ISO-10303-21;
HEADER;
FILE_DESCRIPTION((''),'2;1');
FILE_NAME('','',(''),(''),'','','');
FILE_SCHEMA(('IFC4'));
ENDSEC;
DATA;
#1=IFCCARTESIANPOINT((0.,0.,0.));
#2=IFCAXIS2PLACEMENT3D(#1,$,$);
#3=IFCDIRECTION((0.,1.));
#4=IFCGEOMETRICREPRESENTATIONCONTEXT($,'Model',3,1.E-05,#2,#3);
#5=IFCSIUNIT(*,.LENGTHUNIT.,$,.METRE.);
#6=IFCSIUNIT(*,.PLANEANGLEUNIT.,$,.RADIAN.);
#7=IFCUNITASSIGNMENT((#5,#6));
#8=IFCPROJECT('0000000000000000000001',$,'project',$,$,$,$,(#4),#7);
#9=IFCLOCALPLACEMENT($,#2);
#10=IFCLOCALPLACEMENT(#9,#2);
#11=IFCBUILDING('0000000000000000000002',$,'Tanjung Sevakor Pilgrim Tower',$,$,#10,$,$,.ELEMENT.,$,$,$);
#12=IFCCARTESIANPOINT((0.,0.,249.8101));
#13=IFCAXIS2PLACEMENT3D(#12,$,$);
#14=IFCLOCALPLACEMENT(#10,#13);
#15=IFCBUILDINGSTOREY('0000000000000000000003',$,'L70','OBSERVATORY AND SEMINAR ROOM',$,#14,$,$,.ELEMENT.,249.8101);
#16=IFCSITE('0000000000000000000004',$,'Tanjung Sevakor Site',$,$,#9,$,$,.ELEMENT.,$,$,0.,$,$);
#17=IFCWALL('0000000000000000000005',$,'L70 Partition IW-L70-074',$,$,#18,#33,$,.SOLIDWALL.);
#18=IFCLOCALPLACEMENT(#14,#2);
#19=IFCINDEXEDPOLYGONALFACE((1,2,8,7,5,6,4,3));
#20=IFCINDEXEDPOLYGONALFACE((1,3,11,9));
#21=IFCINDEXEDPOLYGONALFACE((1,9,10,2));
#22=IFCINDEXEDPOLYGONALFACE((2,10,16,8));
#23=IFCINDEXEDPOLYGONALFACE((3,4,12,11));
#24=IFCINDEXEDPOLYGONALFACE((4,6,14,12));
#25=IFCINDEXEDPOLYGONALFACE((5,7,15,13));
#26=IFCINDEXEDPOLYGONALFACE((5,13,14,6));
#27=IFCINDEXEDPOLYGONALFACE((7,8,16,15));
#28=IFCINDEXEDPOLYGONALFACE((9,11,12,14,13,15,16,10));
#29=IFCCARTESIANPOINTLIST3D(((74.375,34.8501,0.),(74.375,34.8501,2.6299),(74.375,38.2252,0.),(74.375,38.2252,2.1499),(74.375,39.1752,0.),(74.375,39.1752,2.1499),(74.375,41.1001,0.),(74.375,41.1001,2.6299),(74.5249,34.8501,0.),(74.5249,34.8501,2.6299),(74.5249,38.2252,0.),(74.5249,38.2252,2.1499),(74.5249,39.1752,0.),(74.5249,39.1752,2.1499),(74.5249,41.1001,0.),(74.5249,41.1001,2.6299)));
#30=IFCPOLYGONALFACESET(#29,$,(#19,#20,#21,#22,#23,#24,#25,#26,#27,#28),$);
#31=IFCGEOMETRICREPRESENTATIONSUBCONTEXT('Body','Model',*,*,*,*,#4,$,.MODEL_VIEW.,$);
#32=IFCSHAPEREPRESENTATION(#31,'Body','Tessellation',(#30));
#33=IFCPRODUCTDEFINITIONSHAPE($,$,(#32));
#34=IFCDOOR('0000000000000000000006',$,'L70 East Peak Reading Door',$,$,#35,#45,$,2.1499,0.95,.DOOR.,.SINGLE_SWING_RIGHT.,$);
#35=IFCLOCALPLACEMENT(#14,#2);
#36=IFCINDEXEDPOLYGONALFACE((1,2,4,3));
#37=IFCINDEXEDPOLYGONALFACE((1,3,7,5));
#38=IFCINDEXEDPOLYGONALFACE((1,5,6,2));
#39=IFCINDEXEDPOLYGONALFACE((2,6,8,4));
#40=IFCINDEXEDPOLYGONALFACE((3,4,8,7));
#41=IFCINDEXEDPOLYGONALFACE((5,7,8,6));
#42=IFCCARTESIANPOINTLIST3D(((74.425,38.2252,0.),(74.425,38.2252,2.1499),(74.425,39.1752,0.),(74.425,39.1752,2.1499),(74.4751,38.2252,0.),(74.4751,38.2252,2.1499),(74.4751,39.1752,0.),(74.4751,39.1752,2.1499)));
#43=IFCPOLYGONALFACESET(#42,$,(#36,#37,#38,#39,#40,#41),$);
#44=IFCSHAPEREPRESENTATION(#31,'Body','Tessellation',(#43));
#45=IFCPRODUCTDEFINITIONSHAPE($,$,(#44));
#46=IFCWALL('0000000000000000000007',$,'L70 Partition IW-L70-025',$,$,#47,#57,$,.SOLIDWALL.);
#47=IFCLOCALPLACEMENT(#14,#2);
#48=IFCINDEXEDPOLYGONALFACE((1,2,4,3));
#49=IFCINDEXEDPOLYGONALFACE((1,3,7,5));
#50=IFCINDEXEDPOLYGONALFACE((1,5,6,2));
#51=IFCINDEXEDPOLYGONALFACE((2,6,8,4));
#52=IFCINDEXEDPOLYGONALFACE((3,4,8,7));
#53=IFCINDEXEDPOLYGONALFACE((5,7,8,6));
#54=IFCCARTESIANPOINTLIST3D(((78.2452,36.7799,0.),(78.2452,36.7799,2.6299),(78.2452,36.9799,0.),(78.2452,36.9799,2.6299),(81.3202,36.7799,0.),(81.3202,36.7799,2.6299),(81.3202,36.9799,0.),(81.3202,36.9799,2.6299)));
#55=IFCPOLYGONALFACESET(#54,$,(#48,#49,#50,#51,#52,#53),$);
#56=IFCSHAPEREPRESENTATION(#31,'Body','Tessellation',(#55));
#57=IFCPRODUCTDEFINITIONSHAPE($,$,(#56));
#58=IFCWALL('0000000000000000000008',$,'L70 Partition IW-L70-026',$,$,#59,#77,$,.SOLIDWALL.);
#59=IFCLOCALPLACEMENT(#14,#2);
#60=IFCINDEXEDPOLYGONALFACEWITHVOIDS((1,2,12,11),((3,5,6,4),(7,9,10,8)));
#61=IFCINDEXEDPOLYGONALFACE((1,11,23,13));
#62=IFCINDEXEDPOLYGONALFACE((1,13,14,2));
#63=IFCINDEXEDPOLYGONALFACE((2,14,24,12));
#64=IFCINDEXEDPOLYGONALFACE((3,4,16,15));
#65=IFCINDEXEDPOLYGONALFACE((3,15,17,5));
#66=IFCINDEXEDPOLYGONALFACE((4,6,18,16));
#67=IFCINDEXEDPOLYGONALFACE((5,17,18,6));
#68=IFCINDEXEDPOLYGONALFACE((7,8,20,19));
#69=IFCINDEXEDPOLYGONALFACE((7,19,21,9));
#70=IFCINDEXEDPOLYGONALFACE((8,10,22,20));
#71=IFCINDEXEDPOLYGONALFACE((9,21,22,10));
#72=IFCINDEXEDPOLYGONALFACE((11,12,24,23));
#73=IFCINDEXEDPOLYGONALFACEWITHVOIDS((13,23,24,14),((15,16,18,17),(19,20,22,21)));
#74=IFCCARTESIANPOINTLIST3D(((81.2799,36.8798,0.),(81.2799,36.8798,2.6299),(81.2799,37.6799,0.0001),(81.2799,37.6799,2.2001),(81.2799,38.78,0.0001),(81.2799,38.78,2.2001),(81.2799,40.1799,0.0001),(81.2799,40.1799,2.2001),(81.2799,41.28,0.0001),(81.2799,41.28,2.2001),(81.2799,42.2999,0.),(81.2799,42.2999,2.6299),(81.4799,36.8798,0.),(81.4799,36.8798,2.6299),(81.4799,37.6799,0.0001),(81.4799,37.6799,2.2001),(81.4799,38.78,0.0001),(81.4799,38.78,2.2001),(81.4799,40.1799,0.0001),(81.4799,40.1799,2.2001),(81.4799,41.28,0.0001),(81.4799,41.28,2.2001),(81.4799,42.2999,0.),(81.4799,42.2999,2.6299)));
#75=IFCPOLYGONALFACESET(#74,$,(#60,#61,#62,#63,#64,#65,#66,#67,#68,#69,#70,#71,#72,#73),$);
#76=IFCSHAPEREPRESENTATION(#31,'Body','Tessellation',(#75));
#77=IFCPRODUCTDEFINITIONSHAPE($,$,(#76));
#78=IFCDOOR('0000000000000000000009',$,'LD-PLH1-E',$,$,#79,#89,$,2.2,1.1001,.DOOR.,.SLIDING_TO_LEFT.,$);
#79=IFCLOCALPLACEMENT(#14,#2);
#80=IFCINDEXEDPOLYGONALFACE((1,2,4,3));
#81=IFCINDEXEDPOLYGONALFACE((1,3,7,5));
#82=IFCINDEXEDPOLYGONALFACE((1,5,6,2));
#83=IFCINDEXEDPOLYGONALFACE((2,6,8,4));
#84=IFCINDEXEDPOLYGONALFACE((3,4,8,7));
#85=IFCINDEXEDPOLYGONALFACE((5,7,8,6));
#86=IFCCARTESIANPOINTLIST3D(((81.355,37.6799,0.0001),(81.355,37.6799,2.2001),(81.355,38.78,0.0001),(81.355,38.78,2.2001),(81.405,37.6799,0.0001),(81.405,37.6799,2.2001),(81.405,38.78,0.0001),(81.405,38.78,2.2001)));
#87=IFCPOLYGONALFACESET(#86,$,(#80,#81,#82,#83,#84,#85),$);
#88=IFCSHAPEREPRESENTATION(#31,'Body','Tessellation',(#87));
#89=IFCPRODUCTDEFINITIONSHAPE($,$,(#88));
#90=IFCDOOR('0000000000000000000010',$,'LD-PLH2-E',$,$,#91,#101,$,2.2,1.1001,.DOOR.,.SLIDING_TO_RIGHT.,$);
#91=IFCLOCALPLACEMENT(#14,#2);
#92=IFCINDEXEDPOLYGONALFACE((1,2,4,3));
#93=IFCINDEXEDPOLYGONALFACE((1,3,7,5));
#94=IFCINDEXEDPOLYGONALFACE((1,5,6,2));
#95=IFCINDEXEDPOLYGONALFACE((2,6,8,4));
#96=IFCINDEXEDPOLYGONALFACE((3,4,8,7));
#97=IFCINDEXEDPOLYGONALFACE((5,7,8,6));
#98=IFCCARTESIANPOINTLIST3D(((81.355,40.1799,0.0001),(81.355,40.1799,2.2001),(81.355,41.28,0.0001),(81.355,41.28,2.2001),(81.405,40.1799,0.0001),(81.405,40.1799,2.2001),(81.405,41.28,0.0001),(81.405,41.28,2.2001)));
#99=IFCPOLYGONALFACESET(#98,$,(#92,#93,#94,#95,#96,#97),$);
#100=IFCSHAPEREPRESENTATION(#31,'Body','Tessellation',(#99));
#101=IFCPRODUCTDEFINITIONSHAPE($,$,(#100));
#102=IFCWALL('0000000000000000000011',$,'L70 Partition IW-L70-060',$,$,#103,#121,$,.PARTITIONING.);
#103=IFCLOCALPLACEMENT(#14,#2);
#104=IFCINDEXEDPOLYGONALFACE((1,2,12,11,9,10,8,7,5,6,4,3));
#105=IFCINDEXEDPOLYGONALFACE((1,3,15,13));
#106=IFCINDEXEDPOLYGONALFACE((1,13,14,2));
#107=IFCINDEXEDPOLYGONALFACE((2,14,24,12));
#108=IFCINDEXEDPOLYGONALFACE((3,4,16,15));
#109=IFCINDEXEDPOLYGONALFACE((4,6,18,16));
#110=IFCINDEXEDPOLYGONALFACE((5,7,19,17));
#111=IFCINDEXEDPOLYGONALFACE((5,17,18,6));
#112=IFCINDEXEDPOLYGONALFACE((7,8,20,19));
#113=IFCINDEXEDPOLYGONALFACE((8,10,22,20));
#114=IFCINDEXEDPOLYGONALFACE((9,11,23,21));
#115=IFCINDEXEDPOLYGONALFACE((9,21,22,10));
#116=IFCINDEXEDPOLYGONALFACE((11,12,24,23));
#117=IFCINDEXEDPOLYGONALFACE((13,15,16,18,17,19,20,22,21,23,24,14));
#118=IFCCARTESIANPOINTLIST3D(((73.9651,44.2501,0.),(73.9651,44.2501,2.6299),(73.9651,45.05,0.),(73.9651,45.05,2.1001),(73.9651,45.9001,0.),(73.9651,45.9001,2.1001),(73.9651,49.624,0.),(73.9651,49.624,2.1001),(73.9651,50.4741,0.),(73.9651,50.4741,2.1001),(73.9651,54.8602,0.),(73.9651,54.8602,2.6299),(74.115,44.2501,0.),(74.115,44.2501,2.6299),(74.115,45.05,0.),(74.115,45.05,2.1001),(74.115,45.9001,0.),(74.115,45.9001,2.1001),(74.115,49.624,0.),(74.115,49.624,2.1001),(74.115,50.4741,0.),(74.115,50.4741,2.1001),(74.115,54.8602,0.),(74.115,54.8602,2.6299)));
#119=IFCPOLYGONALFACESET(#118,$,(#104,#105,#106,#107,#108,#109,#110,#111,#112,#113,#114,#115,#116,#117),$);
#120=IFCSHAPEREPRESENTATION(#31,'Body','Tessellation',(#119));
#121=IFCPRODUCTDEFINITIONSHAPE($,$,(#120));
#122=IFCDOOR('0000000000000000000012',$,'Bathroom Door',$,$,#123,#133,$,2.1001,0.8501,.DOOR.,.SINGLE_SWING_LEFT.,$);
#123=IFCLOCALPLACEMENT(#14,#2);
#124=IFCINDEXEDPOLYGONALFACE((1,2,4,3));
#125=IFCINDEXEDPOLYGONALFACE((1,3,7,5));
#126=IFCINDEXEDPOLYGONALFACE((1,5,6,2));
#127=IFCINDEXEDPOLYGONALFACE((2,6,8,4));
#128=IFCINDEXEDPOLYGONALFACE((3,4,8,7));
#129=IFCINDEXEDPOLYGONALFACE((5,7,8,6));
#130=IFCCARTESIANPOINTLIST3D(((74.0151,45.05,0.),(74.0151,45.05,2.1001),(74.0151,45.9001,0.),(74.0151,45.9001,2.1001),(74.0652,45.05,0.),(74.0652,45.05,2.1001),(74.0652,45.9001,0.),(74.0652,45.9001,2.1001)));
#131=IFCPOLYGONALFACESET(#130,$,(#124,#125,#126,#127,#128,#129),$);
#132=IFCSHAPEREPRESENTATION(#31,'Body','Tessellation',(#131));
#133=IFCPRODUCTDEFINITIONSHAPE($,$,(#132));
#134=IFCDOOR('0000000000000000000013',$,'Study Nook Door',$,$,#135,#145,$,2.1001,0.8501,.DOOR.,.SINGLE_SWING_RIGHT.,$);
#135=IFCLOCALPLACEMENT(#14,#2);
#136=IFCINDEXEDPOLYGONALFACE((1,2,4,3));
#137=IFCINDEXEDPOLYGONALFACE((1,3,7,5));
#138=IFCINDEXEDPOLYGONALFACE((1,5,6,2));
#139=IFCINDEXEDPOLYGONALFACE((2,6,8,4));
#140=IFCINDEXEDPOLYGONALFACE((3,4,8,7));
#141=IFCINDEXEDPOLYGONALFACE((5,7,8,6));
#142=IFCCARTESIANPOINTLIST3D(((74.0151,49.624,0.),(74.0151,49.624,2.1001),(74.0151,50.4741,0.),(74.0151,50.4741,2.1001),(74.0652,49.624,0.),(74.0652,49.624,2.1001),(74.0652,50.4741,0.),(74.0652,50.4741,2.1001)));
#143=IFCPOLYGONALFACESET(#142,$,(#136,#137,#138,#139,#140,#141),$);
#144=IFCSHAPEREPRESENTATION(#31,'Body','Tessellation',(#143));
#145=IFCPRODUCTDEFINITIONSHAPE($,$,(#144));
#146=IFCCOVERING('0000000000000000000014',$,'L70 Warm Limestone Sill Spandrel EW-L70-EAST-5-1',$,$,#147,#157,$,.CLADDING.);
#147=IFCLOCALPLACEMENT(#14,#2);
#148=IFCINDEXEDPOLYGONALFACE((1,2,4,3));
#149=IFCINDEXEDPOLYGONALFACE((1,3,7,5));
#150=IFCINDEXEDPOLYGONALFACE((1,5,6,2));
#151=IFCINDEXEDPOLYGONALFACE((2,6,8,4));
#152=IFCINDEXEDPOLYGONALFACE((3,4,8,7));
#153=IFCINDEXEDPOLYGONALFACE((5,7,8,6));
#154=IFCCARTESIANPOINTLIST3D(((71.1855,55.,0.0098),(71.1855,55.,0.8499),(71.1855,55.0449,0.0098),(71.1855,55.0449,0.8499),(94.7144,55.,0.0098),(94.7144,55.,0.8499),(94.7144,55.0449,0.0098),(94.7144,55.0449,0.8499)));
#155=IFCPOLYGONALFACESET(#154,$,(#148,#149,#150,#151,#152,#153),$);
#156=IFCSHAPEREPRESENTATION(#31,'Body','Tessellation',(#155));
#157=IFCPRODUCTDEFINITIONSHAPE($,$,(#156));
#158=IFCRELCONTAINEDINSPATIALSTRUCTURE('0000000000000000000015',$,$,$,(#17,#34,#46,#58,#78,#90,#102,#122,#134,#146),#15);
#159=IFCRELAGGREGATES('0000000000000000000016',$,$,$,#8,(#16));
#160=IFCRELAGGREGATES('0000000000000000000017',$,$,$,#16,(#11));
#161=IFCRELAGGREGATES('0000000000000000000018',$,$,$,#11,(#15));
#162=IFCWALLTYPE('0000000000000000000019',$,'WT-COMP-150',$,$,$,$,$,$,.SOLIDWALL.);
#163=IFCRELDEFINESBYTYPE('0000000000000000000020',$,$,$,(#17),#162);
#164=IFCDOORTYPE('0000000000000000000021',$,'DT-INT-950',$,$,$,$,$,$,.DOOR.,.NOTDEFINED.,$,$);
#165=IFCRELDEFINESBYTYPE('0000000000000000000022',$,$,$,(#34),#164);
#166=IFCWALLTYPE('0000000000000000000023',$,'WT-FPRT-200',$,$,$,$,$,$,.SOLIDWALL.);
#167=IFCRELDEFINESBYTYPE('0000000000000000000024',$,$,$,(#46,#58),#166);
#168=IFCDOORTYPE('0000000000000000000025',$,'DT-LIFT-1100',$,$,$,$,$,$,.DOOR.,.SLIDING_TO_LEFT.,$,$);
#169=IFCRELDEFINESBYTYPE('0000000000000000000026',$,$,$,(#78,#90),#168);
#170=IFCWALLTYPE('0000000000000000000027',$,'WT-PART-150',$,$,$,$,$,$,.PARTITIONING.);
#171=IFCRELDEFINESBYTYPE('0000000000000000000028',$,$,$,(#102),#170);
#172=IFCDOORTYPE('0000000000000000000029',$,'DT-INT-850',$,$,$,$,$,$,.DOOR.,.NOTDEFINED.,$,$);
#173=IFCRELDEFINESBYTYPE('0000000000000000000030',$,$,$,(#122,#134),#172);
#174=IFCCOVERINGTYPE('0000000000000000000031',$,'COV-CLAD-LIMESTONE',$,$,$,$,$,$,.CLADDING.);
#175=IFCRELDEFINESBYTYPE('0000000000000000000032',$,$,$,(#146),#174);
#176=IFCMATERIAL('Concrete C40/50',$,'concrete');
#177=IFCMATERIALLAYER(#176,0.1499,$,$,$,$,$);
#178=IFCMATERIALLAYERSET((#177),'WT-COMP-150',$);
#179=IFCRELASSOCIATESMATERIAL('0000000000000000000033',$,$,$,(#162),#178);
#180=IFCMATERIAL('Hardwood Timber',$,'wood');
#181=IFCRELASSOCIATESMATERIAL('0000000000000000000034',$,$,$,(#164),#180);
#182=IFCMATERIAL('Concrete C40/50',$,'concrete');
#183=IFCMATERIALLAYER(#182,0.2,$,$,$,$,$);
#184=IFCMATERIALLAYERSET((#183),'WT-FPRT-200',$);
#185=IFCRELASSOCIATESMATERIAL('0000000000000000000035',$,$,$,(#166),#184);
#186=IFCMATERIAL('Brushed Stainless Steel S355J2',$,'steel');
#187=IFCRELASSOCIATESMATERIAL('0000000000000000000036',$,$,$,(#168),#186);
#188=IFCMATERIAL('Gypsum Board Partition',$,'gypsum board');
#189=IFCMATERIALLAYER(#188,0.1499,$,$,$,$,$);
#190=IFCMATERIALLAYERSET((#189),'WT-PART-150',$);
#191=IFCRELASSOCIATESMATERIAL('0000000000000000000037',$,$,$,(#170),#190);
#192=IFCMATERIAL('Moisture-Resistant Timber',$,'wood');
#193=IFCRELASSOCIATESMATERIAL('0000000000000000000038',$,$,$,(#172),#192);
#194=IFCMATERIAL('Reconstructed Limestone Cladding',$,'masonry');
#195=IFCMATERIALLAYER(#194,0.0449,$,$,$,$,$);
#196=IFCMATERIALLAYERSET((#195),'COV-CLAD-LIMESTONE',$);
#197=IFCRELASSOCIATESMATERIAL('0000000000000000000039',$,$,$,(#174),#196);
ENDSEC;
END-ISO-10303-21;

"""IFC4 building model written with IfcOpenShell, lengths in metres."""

from ifc_helpers import new_model, si_unit, direction, frame, frame_2d, origin, origin_2d, place, context, subcontext, project, spatial, rectangle, extrude, material, layer, layer_set, type_object, element, fill, save


model = new_model("IFC4")

# Units and contexts
model_context = context("Model", 3, precision=1e-05, world=origin(), true_north=direction((0.0, 1.0)))
body_context = subcontext(model_context, "Body", "Model", "MODEL_VIEW")
ifc_project = project(units=[si_unit("LENGTHUNIT", "METRE"), si_unit("PLANEANGLEUNIT", "RADIAN")], contexts=[model_context])

# Site, building, storey
site_placement = place(None, origin())
site = spatial("IfcSite", under=ifc_project, at=site_placement, Name="Tanjung Sevakor Site", CompositionType="ELEMENT", RefElevation=0.0)
building_placement = place(site_placement, origin())
building = spatial("IfcBuilding", under=site, at=building_placement, Name="Tanjung Sevakor Pilgrim Tower", CompositionType="ELEMENT")
storey_placement = place(building_placement, frame((0.0, 0.0, 249.8101)))
storey = spatial("IfcBuildingStorey", under=building, at=storey_placement, Name="L70", Description="OBSERVATORY AND SEMINAR ROOM", CompositionType="ELEMENT", Elevation=249.8101)

# Shared definitions
ifc_material_1 = material(Name="Concrete C40/50", Category="concrete")
ifc_layer_1 = layer(ifc_material_1, 0.1499)
ifc_layer_set_1 = layer_set([ifc_layer_1], Name="WT-COMP-150")
wall_type_1 = type_object("IfcWallType", Name="WT-COMP-150", PredefinedType="SOLIDWALL", material=ifc_layer_set_1)

# Wall, opening, door
wall_1_placement = place(storey_placement, frame((74.45, 34.8501, 0.0), z_axis=(0.0, 0.0, 1.0), x_axis=(0.0, 1.0, 0.0)))
wall_1 = element("IfcWall", 1, at=wall_1_placement, inside=storey, type_object=wall_type_1, Name="L70 Partition IW-L70-074", PredefinedType="SOLIDWALL", context=body_context, shape_type="SweptSolid", body=[
    extrude(rectangle(XDim=6.25, YDim=0.1499, at=frame_2d((3.125, 0.0))), origin(), (0.0, 0.0, 1.0), 2.6299),
])
opening_1_placement = place(wall_1_placement, frame((3.375, 0.0, 0.0)))
opening_1 = element("IfcOpeningElement", 2, at=opening_1_placement, cuts=wall_1, PredefinedType="OPENING", context=body_context, shape_type="SweptSolid", body=[
    extrude(rectangle(XDim=0.95, YDim=2.1499, at=frame_2d((0.4751, 1.075))), frame((0.0, 0.085, 0.0), z_axis=(0.0, -1.0, 0.0), x_axis=(1.0, 0.0, 0.0)), (0.0, 0.0, 1.0), 0.1699),
])
ifc_material_2 = material(Name="Hardwood Timber", Category="wood")
door_type_1 = type_object("IfcDoorType", Name="DT-INT-950", OperationType="NOTDEFINED", PredefinedType="DOOR", material=ifc_material_2)
door_1_placement = place(opening_1_placement, origin())
door_1 = element("IfcDoor", 3, at=door_1_placement, inside=storey, type_object=door_type_1, Name="L70 East Peak Reading Door", OperationType="SINGLE_SWING_RIGHT", OverallHeight=2.1499, OverallWidth=0.95, PredefinedType="DOOR", context=body_context, shape_type="SweptSolid", body=[
    extrude(rectangle(XDim=0.95, YDim=2.1499, at=frame_2d((0.4751, 1.075))), frame((0.0, 0.0249, 0.0), z_axis=(0.0, -1.0, 0.0), x_axis=(1.0, 0.0, 0.0)), (0.0, 0.0, 1.0), 0.05),
])
fill(opening_1, door_1)

# Wall
ifc_material_3 = material(Name="Concrete C40/50", Category="concrete")
ifc_layer_2 = layer(ifc_material_3, 0.2)
ifc_layer_set_2 = layer_set([ifc_layer_2], Name="WT-FPRT-200")
wall_type_2 = type_object("IfcWallType", Name="WT-FPRT-200", PredefinedType="SOLIDWALL", material=ifc_layer_set_2)
wall_2_placement = place(storey_placement, frame((78.2451, 36.8799, 0.0), z_axis=(0.0, 0.0, 1.0), x_axis=(1.0, 0.0, 0.0)))
element("IfcWall", 4, at=wall_2_placement, inside=storey, type_object=wall_type_2, Name="L70 Partition IW-L70-025", PredefinedType="SOLIDWALL", context=body_context, shape_type="SweptSolid", body=[
    extrude(rectangle(XDim=3.075, YDim=0.2, at=frame_2d((1.5376, 0.0))), origin(), (0.0, 0.0, 1.0), 2.6299),
])

# Walls, openings, doors
wall_3_placement = place(storey_placement, frame((81.3799, 36.8799, 0.0), z_axis=(0.0, 0.0, 1.0), x_axis=(0.0, 1.0, 0.0)))
wall_3 = element("IfcWall", 5, at=wall_3_placement, inside=storey, type_object=wall_type_2, Name="L70 Partition IW-L70-026", PredefinedType="SOLIDWALL", context=body_context, shape_type="SweptSolid", body=[
    extrude(rectangle(XDim=5.4202, YDim=0.2, at=frame_2d((2.71, 0.0))), origin(), (0.0, 0.0, 1.0), 2.6299),
])
opening_2_placement = place(wall_3_placement, frame((0.8, 0.0, 0.0)))
opening_2 = element("IfcOpeningElement", 6, at=opening_2_placement, cuts=wall_3, PredefinedType="OPENING", context=body_context, shape_type="SweptSolid", body=[
    extrude(rectangle(XDim=1.1001, YDim=2.2, at=frame_2d((0.55, 1.1001))), frame((0.0, 0.1099, 0.0), z_axis=(0.0, -1.0, 0.0), x_axis=(1.0, 0.0, 0.0)), (0.0, 0.0, 1.0), 0.22),
])
opening_3_placement = place(wall_3_placement, frame((3.3, 0.0, 0.0)))
opening_3 = element("IfcOpeningElement", 7, at=opening_3_placement, cuts=wall_3, PredefinedType="OPENING", context=body_context, shape_type="SweptSolid", body=[
    extrude(rectangle(XDim=1.1001, YDim=2.2, at=frame_2d((0.55, 1.1001))), frame((0.0, 0.1099, 0.0), z_axis=(0.0, -1.0, 0.0), x_axis=(1.0, 0.0, 0.0)), (0.0, 0.0, 1.0), 0.22),
])
ifc_material_4 = material(Name="Brushed Stainless Steel S355J2", Category="steel")
door_type_2 = type_object("IfcDoorType", Name="DT-LIFT-1100", OperationType="SLIDING_TO_LEFT", PredefinedType="DOOR", material=ifc_material_4)
door_2_placement = place(opening_2_placement, origin())
door_2 = element("IfcDoor", 8, at=door_2_placement, inside=storey, type_object=door_type_2, Name="LD-PLH1-E", OperationType="SLIDING_TO_LEFT", OverallHeight=2.2, OverallWidth=1.1001, PredefinedType="DOOR", context=body_context, shape_type="SweptSolid", body=[
    extrude(rectangle(XDim=1.1001, YDim=2.2, at=frame_2d((0.55, 1.1001))), frame((0.0, 0.0249, 0.0), z_axis=(0.0, -1.0, 0.0), x_axis=(1.0, 0.0, 0.0)), (0.0, 0.0, 1.0), 0.05),
])
fill(opening_2, door_2)
door_3_placement = place(opening_3_placement, origin())
door_3 = element("IfcDoor", 9, at=door_3_placement, inside=storey, type_object=door_type_2, Name="LD-PLH2-E", OperationType="SLIDING_TO_RIGHT", OverallHeight=2.2, OverallWidth=1.1001, PredefinedType="DOOR", context=body_context, shape_type="SweptSolid", body=[
    extrude(rectangle(XDim=1.1001, YDim=2.2, at=frame_2d((0.55, 1.1001))), frame((0.0, 0.0249, 0.0), z_axis=(0.0, -1.0, 0.0), x_axis=(1.0, 0.0, 0.0)), (0.0, 0.0, 1.0), 0.05),
])
fill(opening_3, door_3)
ifc_material_5 = material(Name="Gypsum Board Partition", Category="gypsum board")
ifc_layer_3 = layer(ifc_material_5, 0.1499)
ifc_layer_set_3 = layer_set([ifc_layer_3], Name="WT-PART-150")
wall_type_3 = type_object("IfcWallType", Name="WT-PART-150", PredefinedType="PARTITIONING", material=ifc_layer_set_3)
wall_4_placement = place(storey_placement, frame((74.04, 44.25, 0.0), z_axis=(0.0, 0.0, 1.0), x_axis=(0.0, 1.0, 0.0)))
wall_4 = element("IfcWall", 10, at=wall_4_placement, inside=storey, type_object=wall_type_3, Name="L70 Partition IW-L70-060", PredefinedType="PARTITIONING", context=body_context, shape_type="SweptSolid", body=[
    extrude(rectangle(XDim=10.6101, YDim=0.1499, at=frame_2d((5.3052, 0.0))), origin(), (0.0, 0.0, 1.0), 2.6299),
])
opening_4_placement = place(wall_4_placement, frame((0.8, 0.0, 0.0)))
opening_4 = element("IfcOpeningElement", 11, at=opening_4_placement, cuts=wall_4, PredefinedType="OPENING", context=body_context, shape_type="SweptSolid", body=[
    extrude(rectangle(XDim=0.8501, YDim=2.1001, at=frame_2d((0.425, 1.05))), frame((0.0, 0.085, 0.0), z_axis=(0.0, -1.0, 0.0), x_axis=(1.0, 0.0, 0.0)), (0.0, 0.0, 1.0), 0.1699),
])
opening_5_placement = place(wall_4_placement, frame((5.374, 0.0, 0.0)))
opening_5 = element("IfcOpeningElement", 12, at=opening_5_placement, cuts=wall_4, PredefinedType="OPENING", context=body_context, shape_type="SweptSolid", body=[
    extrude(rectangle(XDim=0.8501, YDim=2.1001, at=frame_2d((0.425, 1.05))), frame((0.0, 0.085, 0.0), z_axis=(0.0, -1.0, 0.0), x_axis=(1.0, 0.0, 0.0)), (0.0, 0.0, 1.0), 0.1699),
])
ifc_material_6 = material(Name="Moisture-Resistant Timber", Category="wood")
door_type_3 = type_object("IfcDoorType", Name="DT-INT-850", OperationType="NOTDEFINED", PredefinedType="DOOR", material=ifc_material_6)
door_4_placement = place(opening_4_placement, origin())
door_4 = element("IfcDoor", 13, at=door_4_placement, inside=storey, type_object=door_type_3, Name="Bathroom Door", OperationType="SINGLE_SWING_LEFT", OverallHeight=2.1001, OverallWidth=0.8501, PredefinedType="DOOR", context=body_context, shape_type="SweptSolid", body=[
    extrude(rectangle(XDim=0.8501, YDim=2.1001, at=frame_2d((0.425, 1.05))), frame((0.0, 0.0249, 0.0), z_axis=(0.0, -1.0, 0.0), x_axis=(1.0, 0.0, 0.0)), (0.0, 0.0, 1.0), 0.05),
])
fill(opening_4, door_4)
door_5_placement = place(opening_5_placement, origin())
door_5 = element("IfcDoor", 14, at=door_5_placement, inside=storey, type_object=door_type_3, Name="Study Nook Door", OperationType="SINGLE_SWING_RIGHT", OverallHeight=2.1001, OverallWidth=0.8501, PredefinedType="DOOR", context=body_context, shape_type="SweptSolid", body=[
    extrude(rectangle(XDim=0.8501, YDim=2.1001, at=frame_2d((0.425, 1.05))), frame((0.0, 0.0249, 0.0), z_axis=(0.0, -1.0, 0.0), x_axis=(1.0, 0.0, 0.0)), (0.0, 0.0, 1.0), 0.05),
])
fill(opening_5, door_5)

# Covering
ifc_material_7 = material(Name="Reconstructed Limestone Cladding", Category="masonry")
ifc_layer_4 = layer(ifc_material_7, 0.0449)
ifc_layer_set_4 = layer_set([ifc_layer_4], Name="COV-CLAD-LIMESTONE")
covering_type = type_object("IfcCoveringType", Name="COV-CLAD-LIMESTONE", PredefinedType="CLADDING", material=ifc_layer_set_4)
covering_placement = place(storey_placement, frame((82.95, 55.0225, 0.0098), z_axis=(0.0, 0.0, 1.0), x_axis=(-1.0, 0.0, 0.0)))
element("IfcCovering", 15, at=covering_placement, inside=storey, type_object=covering_type, Name="L70 Warm Limestone Sill Spandrel EW-L70-EAST-5-1", PredefinedType="CLADDING", context=body_context, shape_type="SweptSolid", body=[
    extrude(rectangle(XDim=23.5288, YDim=0.0449, at=origin_2d()), origin(), (0.0, 0.0, 1.0), 0.8401),
])

save(model, "model.ifc")
